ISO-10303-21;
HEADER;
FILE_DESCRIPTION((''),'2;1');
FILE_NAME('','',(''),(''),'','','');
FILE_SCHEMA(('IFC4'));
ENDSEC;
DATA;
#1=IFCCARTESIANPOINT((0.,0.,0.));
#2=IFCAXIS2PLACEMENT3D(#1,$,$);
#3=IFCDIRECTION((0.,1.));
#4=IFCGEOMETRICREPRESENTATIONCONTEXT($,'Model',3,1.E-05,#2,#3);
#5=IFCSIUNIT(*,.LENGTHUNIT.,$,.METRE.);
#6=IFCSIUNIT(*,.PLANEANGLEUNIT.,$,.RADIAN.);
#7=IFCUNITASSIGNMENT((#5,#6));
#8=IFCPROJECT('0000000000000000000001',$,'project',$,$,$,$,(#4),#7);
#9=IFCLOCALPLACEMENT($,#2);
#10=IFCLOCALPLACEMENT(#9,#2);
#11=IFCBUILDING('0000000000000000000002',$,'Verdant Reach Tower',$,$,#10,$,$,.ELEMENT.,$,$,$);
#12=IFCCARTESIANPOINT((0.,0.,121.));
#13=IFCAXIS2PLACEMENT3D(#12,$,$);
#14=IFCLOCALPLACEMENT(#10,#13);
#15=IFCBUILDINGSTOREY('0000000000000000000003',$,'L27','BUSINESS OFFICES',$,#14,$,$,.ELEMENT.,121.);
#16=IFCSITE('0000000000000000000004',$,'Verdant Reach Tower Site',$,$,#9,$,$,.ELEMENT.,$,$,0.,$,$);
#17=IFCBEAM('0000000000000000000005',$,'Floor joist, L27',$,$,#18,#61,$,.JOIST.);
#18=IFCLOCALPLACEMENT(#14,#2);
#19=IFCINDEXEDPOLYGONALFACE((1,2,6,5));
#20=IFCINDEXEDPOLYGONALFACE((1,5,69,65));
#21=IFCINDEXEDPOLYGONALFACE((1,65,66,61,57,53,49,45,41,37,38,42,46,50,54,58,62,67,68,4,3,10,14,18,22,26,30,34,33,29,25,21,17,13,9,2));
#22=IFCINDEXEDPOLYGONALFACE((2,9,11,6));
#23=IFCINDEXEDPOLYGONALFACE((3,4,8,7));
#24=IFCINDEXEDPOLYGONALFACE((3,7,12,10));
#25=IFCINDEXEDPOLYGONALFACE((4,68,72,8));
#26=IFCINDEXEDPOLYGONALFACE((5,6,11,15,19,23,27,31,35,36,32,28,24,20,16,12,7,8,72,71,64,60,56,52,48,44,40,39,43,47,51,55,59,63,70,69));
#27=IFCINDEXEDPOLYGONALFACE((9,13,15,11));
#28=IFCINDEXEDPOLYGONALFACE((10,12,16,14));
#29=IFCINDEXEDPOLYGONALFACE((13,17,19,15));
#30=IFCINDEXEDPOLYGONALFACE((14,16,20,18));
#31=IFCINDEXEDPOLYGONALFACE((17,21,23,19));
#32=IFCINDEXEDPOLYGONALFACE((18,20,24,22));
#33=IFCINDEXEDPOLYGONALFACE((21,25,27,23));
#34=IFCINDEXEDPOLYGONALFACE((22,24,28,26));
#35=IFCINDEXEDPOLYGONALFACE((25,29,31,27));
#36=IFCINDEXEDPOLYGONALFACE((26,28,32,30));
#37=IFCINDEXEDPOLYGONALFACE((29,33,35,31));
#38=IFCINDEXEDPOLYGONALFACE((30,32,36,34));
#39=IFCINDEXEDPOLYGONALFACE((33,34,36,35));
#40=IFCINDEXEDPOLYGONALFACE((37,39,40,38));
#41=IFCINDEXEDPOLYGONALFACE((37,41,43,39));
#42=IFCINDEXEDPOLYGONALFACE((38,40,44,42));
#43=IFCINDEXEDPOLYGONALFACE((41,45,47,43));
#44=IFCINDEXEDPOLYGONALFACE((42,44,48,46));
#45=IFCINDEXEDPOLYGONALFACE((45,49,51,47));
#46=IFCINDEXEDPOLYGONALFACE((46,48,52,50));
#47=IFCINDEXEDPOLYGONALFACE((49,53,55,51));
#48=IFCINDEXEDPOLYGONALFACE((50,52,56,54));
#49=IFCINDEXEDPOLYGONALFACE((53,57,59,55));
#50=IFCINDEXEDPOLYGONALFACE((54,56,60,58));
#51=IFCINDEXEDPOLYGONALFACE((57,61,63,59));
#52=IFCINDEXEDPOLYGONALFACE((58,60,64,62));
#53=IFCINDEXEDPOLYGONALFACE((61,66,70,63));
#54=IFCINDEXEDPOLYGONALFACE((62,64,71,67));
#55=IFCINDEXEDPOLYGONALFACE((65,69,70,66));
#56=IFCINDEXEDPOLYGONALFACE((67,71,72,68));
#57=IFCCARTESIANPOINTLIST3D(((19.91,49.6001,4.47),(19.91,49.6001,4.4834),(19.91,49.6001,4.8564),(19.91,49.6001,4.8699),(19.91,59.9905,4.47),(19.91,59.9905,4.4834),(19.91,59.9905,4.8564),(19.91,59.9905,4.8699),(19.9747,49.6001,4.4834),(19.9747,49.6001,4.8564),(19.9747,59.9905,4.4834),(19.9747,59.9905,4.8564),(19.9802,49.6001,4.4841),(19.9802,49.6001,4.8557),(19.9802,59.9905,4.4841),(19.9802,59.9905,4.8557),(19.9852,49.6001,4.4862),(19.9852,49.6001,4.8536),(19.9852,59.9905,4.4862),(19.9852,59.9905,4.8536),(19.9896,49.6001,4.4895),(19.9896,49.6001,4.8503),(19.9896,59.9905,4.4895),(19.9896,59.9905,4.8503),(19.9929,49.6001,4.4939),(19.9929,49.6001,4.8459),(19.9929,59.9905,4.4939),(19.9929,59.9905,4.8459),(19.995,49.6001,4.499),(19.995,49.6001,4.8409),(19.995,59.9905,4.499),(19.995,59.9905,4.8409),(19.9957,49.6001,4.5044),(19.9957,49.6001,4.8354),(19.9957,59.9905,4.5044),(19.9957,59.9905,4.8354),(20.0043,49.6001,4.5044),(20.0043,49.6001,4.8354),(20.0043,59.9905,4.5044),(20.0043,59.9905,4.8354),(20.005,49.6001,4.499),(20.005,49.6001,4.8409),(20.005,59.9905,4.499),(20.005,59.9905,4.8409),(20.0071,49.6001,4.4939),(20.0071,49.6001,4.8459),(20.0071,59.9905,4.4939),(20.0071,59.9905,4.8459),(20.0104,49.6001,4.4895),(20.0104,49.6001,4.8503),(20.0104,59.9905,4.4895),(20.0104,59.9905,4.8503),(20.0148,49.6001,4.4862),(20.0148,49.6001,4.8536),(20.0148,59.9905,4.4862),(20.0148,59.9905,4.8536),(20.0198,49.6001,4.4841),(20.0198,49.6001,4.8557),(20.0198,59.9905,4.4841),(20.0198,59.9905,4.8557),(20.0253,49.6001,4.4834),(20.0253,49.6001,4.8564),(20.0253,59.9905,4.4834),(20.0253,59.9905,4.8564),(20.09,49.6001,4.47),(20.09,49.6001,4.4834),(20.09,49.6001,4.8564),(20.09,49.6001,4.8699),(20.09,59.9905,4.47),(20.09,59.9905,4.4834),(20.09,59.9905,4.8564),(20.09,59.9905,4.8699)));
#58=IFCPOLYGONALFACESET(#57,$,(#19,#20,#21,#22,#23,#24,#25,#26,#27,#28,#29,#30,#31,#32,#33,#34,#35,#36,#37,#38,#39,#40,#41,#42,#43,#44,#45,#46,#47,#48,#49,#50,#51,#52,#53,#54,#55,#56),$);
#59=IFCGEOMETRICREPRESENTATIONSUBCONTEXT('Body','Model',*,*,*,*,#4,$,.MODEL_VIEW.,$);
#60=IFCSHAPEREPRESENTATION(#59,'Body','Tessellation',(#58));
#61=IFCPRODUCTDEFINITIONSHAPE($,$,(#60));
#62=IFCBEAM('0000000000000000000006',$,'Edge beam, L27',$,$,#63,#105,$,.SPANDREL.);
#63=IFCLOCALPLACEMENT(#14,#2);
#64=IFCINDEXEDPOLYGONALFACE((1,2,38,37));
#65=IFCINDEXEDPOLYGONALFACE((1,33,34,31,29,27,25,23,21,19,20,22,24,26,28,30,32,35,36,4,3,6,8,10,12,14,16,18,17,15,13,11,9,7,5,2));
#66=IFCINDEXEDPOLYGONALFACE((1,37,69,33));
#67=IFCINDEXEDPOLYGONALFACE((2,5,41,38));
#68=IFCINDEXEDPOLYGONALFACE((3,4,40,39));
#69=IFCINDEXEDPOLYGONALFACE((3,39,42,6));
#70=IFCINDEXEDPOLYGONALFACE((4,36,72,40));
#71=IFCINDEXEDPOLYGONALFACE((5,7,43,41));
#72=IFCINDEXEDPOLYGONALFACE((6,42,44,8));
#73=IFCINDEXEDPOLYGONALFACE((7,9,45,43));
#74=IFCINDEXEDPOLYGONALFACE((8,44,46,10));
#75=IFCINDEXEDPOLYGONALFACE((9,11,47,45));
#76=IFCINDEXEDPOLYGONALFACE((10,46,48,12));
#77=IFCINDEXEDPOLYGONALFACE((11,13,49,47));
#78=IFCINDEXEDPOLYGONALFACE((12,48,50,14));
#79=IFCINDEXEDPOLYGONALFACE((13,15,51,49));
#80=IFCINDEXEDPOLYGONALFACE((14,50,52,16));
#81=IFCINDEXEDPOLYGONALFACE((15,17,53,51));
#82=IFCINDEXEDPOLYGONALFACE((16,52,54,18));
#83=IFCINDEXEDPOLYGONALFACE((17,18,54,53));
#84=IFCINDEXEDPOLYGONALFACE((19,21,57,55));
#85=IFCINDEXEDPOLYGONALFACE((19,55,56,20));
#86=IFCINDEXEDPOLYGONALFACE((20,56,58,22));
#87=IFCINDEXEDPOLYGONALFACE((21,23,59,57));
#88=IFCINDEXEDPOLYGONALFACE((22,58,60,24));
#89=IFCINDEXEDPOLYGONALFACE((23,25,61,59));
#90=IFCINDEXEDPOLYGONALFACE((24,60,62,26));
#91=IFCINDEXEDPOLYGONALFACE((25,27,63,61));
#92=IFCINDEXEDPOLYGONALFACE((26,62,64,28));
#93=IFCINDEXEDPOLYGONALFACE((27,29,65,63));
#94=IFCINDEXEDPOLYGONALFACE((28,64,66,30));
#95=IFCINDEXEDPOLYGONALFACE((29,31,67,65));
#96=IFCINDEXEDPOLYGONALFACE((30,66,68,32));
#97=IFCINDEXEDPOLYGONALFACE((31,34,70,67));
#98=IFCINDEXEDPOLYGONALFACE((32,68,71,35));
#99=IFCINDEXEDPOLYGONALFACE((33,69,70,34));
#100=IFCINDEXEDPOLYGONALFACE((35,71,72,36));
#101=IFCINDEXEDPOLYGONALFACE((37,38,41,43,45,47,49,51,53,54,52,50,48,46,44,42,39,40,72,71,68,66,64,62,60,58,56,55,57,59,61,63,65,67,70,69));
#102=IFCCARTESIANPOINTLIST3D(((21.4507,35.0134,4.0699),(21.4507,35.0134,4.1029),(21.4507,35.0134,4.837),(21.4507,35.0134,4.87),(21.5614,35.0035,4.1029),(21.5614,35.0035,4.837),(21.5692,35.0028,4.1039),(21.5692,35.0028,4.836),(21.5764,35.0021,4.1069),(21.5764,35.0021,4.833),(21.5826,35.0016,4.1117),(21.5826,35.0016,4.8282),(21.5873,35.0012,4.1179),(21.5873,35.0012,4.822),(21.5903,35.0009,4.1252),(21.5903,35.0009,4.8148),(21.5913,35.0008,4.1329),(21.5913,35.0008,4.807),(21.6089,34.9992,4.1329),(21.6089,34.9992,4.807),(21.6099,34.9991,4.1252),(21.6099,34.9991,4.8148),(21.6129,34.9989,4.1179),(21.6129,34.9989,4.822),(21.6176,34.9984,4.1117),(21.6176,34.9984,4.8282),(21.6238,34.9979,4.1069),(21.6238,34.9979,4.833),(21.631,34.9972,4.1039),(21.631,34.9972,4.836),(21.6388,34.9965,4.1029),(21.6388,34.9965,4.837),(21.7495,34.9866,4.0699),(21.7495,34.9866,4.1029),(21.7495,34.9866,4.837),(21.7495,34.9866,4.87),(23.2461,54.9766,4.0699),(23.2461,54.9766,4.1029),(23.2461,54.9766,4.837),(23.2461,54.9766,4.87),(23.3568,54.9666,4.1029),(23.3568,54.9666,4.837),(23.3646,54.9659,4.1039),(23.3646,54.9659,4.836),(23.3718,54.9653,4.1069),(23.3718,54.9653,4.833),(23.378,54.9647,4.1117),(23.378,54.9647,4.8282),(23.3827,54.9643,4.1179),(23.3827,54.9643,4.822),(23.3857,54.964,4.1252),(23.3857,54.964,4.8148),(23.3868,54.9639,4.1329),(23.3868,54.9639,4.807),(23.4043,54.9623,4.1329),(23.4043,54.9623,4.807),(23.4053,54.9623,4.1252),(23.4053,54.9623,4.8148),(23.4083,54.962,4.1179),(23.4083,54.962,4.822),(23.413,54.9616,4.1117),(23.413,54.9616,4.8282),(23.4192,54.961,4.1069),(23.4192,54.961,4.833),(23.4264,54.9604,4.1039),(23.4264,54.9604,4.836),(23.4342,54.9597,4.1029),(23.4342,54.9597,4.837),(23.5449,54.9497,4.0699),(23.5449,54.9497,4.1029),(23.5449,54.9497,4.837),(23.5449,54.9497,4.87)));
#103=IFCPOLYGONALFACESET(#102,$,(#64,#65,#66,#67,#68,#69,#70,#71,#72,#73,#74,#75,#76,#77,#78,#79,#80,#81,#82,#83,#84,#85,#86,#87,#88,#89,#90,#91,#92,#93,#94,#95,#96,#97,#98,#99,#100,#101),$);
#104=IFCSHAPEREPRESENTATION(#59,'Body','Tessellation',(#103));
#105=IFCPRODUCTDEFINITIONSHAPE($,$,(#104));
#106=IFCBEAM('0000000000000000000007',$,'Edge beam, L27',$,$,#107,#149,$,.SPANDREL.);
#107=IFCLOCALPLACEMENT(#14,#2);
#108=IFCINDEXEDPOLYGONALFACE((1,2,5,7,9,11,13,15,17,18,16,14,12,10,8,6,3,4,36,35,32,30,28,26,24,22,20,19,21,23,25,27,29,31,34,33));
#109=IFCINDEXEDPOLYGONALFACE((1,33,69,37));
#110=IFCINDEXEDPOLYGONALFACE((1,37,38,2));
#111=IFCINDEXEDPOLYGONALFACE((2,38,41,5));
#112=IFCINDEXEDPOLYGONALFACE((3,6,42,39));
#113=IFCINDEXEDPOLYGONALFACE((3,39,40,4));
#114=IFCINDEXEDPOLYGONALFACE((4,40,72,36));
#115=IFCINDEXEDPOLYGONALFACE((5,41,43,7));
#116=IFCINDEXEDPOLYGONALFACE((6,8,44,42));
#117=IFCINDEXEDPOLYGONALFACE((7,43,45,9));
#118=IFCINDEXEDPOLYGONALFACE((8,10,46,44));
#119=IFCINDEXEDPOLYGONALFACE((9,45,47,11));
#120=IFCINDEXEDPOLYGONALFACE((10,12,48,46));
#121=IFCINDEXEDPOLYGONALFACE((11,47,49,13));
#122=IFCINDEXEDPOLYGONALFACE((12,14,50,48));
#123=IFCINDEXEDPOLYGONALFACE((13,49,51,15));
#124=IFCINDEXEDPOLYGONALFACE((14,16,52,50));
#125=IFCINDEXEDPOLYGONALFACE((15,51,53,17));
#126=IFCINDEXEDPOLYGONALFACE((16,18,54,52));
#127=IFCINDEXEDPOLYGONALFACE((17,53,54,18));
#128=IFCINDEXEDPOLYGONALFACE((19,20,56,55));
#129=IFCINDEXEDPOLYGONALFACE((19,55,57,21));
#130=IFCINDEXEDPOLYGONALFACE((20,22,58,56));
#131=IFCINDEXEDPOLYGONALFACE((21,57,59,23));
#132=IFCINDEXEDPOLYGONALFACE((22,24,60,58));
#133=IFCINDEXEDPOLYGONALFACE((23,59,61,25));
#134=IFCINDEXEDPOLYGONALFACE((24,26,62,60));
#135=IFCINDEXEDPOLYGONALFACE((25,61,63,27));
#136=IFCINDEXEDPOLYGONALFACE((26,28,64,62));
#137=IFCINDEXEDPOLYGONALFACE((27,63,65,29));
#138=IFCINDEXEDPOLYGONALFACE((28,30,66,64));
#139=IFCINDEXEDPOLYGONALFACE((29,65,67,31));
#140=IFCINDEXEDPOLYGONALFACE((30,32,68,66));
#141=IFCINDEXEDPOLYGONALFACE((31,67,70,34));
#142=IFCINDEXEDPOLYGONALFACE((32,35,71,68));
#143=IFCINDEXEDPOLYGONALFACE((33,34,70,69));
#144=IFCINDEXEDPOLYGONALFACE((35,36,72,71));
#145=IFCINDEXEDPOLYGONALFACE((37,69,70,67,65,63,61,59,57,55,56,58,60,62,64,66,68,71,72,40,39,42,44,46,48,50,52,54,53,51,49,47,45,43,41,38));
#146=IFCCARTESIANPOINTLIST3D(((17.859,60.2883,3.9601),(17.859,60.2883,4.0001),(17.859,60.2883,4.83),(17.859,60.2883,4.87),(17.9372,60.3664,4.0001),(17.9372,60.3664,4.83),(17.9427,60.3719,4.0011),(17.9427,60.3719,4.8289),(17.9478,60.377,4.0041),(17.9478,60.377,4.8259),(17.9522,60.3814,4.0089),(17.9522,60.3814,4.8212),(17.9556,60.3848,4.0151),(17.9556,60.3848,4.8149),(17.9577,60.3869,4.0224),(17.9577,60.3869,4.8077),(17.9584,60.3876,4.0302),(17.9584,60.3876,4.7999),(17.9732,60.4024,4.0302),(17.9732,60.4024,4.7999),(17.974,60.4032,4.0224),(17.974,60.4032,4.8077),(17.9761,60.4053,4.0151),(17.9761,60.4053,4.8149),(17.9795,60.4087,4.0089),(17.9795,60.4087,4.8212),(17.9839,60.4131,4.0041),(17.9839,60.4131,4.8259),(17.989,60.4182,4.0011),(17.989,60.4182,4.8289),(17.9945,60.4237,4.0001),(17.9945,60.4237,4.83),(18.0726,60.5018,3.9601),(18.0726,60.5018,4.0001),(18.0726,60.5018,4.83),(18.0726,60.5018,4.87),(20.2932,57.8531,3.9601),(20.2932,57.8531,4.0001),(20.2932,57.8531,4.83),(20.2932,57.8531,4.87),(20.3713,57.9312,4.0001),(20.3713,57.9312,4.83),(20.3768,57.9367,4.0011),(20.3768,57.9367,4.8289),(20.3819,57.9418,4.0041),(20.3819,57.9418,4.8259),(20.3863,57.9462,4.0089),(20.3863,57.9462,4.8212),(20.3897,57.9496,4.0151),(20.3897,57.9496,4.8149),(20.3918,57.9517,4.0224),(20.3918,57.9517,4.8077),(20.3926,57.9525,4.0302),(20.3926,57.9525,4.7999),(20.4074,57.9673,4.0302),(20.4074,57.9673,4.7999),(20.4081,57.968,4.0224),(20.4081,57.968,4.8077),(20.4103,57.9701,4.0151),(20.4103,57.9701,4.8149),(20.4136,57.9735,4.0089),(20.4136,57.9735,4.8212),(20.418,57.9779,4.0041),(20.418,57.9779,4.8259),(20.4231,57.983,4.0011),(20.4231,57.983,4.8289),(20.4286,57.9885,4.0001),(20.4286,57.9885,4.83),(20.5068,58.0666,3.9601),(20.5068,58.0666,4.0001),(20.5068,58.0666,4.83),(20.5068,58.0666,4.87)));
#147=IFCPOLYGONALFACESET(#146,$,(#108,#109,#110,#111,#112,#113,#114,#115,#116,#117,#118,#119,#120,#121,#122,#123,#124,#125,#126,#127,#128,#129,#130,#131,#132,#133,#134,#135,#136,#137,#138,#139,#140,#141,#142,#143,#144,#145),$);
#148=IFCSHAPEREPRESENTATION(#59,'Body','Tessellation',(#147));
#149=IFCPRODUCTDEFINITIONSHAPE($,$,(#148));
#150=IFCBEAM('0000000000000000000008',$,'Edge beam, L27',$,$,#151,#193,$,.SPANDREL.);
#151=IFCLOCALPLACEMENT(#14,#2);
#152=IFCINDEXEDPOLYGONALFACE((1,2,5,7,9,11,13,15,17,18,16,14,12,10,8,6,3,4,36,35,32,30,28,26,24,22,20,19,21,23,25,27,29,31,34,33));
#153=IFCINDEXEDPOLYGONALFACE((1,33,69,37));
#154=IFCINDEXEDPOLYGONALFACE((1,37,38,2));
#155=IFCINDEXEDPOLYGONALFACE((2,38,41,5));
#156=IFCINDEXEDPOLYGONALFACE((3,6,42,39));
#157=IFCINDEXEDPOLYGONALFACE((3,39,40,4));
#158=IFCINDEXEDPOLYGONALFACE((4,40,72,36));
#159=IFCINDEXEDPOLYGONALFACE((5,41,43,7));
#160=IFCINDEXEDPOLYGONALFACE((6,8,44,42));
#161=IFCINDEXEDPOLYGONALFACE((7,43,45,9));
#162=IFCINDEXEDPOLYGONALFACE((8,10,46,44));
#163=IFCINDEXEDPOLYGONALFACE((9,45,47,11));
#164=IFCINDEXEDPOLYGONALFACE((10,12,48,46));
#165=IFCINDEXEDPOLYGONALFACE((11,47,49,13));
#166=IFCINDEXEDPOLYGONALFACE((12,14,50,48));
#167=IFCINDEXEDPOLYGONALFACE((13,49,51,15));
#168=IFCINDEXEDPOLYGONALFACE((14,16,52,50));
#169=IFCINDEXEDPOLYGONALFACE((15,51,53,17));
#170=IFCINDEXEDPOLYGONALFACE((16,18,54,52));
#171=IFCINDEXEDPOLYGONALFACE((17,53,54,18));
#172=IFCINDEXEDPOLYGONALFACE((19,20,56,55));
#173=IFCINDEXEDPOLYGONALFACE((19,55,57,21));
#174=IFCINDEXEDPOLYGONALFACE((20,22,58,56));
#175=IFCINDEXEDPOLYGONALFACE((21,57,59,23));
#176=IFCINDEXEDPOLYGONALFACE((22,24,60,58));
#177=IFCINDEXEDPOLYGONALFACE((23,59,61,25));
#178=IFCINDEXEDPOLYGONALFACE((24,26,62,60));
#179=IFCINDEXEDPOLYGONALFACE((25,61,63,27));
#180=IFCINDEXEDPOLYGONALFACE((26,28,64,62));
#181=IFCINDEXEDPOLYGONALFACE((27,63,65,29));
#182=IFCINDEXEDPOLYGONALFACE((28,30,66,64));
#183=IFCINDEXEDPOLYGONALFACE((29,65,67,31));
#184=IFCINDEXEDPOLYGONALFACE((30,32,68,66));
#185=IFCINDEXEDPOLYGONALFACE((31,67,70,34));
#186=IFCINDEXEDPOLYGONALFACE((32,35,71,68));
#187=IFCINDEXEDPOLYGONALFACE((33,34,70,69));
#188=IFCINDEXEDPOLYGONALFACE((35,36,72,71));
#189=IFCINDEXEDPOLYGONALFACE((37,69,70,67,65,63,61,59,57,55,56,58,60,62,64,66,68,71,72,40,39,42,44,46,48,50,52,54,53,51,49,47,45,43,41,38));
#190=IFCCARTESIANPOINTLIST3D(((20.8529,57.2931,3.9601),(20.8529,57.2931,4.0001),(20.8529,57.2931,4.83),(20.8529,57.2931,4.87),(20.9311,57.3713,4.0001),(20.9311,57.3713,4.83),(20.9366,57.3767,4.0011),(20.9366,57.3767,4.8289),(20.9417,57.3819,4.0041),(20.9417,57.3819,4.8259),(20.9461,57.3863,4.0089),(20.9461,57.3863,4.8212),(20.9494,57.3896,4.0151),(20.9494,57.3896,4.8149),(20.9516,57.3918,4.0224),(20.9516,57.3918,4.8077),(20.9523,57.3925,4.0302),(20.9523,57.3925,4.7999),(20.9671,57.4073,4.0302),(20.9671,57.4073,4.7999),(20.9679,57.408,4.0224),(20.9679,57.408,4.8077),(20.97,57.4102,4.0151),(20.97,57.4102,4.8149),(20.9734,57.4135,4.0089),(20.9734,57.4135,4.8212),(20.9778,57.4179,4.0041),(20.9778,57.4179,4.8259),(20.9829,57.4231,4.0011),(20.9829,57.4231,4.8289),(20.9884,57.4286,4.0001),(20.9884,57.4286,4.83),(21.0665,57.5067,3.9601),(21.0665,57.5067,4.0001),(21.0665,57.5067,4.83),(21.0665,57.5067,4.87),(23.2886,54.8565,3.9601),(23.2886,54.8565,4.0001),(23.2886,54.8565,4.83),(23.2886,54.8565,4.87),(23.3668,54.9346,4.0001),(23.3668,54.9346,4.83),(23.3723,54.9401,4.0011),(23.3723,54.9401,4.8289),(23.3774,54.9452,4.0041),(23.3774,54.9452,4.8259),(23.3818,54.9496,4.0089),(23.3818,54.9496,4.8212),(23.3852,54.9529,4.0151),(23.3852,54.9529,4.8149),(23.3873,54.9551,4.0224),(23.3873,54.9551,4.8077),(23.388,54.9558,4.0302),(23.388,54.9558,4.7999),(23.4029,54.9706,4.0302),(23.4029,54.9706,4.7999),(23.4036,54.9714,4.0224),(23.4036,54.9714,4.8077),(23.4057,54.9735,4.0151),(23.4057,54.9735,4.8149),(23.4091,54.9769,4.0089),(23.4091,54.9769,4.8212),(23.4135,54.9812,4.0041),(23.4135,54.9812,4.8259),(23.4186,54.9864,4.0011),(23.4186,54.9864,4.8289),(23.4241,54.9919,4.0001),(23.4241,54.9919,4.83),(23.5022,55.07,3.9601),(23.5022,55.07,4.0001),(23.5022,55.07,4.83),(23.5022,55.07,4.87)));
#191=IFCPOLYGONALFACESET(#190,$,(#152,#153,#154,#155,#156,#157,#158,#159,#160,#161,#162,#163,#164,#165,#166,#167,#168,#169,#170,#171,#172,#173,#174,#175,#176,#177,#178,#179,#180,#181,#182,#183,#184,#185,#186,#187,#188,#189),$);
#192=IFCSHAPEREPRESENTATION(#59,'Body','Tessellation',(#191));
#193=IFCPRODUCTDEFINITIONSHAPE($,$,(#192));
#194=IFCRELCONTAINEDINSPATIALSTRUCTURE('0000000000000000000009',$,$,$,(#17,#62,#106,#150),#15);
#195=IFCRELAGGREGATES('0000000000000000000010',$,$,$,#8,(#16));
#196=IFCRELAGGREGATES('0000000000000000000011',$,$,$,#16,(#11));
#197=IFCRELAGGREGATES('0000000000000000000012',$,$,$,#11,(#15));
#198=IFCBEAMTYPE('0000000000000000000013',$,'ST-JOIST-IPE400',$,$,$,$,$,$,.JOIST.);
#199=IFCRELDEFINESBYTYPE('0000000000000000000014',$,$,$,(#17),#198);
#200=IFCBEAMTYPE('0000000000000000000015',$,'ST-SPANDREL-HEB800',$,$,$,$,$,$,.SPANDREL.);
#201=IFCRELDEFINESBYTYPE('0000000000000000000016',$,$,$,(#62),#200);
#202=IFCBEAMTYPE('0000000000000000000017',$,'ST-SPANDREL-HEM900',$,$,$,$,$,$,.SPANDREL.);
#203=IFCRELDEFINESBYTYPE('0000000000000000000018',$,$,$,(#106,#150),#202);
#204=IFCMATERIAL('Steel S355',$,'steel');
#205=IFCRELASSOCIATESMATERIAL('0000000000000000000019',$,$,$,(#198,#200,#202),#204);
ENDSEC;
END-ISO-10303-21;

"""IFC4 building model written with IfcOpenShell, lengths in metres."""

from ifc_helpers import new_model, si_unit, direction, frame, origin, origin_2d, place, context, subcontext, project, spatial, i_section, extrude, material, material_profile, profile_set, type_object, element, save


model = new_model("IFC4")

# Units and contexts
model_context = context("Model", 3, precision=1e-05, world=origin(), true_north=direction((0.0, 1.0)))
body_context = subcontext(model_context, "Body", "Model", "MODEL_VIEW")
ifc_project = project(units=[si_unit("LENGTHUNIT", "METRE"), si_unit("PLANEANGLEUNIT", "RADIAN")], contexts=[model_context])

# Site, building, storey
site_placement = place(None, origin())
site = spatial("IfcSite", under=ifc_project, at=site_placement, Name="Verdant Reach Tower Site", CompositionType="ELEMENT", RefElevation=0.0)
building_placement = place(site_placement, origin())
building = spatial("IfcBuilding", under=site, at=building_placement, Name="Verdant Reach Tower", CompositionType="ELEMENT")
storey_placement = place(building_placement, frame((0.0, 0.0, 121.0)))
storey = spatial("IfcBuildingStorey", under=building, at=storey_placement, Name="L27", Description="BUSINESS OFFICES", CompositionType="ELEMENT", Elevation=121.0)

# Beams
ifc_material_1 = material(Name="Steel S355", Category="steel")
ifc_material_profile_1 = material_profile(ifc_material_1, i_section(OverallWidth=0.1799, OverallDepth=0.3999, WebThickness=0.0085, FlangeThickness=0.0134, FilletRadius=0.021, at=origin_2d()), Name="IPE 400")
ifc_profile_set_1 = profile_set([ifc_material_profile_1], Name="Steel S355")
beam_type_1 = type_object("IfcBeamType", Name="ST-JOIST-IPE400", PredefinedType="JOIST", material=ifc_profile_set_1)
beam_1_placement = place(storey_placement, frame((20.0, 49.6001, 4.6699), z_axis=(0.0, 1.0, 0.0), x_axis=(-1.0, 0.0, 0.0)))
element("IfcBeam", 1, at=beam_1_placement, inside=storey, type_object=beam_type_1, Name="Floor joist, L27", PredefinedType="JOIST", context=body_context, shape_type="SweptSolid", body=[
    extrude(i_section(OverallWidth=0.1799, OverallDepth=0.3999, WebThickness=0.0085, FlangeThickness=0.0134, FilletRadius=0.021, at=origin_2d()), origin(), (0.0, 0.0, 1.0), 10.3904),
])
ifc_material_profile_2 = material_profile(ifc_material_1, i_section(OverallWidth=0.3, OverallDepth=0.8, WebThickness=0.0176, FlangeThickness=0.033, FilletRadius=0.03, at=origin_2d()), Name="HEB 800")
ifc_profile_set_2 = profile_set([ifc_material_profile_2], Name="Steel S355")
beam_type_2 = type_object("IfcBeamType", Name="ST-SPANDREL-HEB800", PredefinedType="SPANDREL", material=ifc_profile_set_2)
beam_2_placement = place(storey_placement, frame((23.3955, 54.9631, 4.47), z_axis=(-0.089575, -0.99598, 0.0), x_axis=(0.99598, -0.089575, 0.0)))
element("IfcBeam", 2, at=beam_2_placement, inside=storey, type_object=beam_type_2, Name="Edge beam, L27", PredefinedType="SPANDREL", context=body_context, shape_type="SweptSolid", body=[
    extrude(i_section(OverallWidth=0.3, OverallDepth=0.8, WebThickness=0.0176, FlangeThickness=0.033, FilletRadius=0.03, at=origin_2d()), origin(), (0.0, 0.0, 1.0), 20.0437),
])
ifc_material_profile_3 = material_profile(ifc_material_1, i_section(OverallWidth=0.302, OverallDepth=0.9099, WebThickness=0.021, FlangeThickness=0.04, FilletRadius=0.03, at=origin_2d()), Name="HEM 900")
ifc_profile_set_3 = profile_set([ifc_material_profile_3], Name="Steel S355")
beam_type_3 = type_object("IfcBeamType", Name="ST-SPANDREL-HEM900", PredefinedType="SPANDREL", material=ifc_profile_set_3)
beam_3_placement = place(storey_placement, frame((17.9658, 60.395, 4.415), z_axis=(0.706965, -0.707249, 0.0), x_axis=(0.707249, 0.706965, 0.0)))
element("IfcBeam", 3, at=beam_3_placement, inside=storey, type_object=beam_type_3, Name="Edge beam, L27", PredefinedType="SPANDREL", context=body_context, shape_type="SweptSolid", body=[
    extrude(i_section(OverallWidth=0.302, OverallDepth=0.9099, WebThickness=0.021, FlangeThickness=0.04, FilletRadius=0.03, at=origin_2d()), origin(), (0.0, 0.0, 1.0), 3.4431),
])
beam_4_placement = place(storey_placement, frame((20.9597, 57.3999, 4.415), z_axis=(0.706965, -0.707248, 0.0), x_axis=(0.707248, 0.706965, 0.0)))
element("IfcBeam", 4, at=beam_4_placement, inside=storey, type_object=beam_type_3, Name="Edge beam, L27", PredefinedType="SPANDREL", context=body_context, shape_type="SweptSolid", body=[
    extrude(i_section(OverallWidth=0.302, OverallDepth=0.9099, WebThickness=0.021, FlangeThickness=0.04, FilletRadius=0.03, at=origin_2d()), origin(), (0.0, 0.0, 1.0), 3.4453),
])

save(model, "model.ifc")
